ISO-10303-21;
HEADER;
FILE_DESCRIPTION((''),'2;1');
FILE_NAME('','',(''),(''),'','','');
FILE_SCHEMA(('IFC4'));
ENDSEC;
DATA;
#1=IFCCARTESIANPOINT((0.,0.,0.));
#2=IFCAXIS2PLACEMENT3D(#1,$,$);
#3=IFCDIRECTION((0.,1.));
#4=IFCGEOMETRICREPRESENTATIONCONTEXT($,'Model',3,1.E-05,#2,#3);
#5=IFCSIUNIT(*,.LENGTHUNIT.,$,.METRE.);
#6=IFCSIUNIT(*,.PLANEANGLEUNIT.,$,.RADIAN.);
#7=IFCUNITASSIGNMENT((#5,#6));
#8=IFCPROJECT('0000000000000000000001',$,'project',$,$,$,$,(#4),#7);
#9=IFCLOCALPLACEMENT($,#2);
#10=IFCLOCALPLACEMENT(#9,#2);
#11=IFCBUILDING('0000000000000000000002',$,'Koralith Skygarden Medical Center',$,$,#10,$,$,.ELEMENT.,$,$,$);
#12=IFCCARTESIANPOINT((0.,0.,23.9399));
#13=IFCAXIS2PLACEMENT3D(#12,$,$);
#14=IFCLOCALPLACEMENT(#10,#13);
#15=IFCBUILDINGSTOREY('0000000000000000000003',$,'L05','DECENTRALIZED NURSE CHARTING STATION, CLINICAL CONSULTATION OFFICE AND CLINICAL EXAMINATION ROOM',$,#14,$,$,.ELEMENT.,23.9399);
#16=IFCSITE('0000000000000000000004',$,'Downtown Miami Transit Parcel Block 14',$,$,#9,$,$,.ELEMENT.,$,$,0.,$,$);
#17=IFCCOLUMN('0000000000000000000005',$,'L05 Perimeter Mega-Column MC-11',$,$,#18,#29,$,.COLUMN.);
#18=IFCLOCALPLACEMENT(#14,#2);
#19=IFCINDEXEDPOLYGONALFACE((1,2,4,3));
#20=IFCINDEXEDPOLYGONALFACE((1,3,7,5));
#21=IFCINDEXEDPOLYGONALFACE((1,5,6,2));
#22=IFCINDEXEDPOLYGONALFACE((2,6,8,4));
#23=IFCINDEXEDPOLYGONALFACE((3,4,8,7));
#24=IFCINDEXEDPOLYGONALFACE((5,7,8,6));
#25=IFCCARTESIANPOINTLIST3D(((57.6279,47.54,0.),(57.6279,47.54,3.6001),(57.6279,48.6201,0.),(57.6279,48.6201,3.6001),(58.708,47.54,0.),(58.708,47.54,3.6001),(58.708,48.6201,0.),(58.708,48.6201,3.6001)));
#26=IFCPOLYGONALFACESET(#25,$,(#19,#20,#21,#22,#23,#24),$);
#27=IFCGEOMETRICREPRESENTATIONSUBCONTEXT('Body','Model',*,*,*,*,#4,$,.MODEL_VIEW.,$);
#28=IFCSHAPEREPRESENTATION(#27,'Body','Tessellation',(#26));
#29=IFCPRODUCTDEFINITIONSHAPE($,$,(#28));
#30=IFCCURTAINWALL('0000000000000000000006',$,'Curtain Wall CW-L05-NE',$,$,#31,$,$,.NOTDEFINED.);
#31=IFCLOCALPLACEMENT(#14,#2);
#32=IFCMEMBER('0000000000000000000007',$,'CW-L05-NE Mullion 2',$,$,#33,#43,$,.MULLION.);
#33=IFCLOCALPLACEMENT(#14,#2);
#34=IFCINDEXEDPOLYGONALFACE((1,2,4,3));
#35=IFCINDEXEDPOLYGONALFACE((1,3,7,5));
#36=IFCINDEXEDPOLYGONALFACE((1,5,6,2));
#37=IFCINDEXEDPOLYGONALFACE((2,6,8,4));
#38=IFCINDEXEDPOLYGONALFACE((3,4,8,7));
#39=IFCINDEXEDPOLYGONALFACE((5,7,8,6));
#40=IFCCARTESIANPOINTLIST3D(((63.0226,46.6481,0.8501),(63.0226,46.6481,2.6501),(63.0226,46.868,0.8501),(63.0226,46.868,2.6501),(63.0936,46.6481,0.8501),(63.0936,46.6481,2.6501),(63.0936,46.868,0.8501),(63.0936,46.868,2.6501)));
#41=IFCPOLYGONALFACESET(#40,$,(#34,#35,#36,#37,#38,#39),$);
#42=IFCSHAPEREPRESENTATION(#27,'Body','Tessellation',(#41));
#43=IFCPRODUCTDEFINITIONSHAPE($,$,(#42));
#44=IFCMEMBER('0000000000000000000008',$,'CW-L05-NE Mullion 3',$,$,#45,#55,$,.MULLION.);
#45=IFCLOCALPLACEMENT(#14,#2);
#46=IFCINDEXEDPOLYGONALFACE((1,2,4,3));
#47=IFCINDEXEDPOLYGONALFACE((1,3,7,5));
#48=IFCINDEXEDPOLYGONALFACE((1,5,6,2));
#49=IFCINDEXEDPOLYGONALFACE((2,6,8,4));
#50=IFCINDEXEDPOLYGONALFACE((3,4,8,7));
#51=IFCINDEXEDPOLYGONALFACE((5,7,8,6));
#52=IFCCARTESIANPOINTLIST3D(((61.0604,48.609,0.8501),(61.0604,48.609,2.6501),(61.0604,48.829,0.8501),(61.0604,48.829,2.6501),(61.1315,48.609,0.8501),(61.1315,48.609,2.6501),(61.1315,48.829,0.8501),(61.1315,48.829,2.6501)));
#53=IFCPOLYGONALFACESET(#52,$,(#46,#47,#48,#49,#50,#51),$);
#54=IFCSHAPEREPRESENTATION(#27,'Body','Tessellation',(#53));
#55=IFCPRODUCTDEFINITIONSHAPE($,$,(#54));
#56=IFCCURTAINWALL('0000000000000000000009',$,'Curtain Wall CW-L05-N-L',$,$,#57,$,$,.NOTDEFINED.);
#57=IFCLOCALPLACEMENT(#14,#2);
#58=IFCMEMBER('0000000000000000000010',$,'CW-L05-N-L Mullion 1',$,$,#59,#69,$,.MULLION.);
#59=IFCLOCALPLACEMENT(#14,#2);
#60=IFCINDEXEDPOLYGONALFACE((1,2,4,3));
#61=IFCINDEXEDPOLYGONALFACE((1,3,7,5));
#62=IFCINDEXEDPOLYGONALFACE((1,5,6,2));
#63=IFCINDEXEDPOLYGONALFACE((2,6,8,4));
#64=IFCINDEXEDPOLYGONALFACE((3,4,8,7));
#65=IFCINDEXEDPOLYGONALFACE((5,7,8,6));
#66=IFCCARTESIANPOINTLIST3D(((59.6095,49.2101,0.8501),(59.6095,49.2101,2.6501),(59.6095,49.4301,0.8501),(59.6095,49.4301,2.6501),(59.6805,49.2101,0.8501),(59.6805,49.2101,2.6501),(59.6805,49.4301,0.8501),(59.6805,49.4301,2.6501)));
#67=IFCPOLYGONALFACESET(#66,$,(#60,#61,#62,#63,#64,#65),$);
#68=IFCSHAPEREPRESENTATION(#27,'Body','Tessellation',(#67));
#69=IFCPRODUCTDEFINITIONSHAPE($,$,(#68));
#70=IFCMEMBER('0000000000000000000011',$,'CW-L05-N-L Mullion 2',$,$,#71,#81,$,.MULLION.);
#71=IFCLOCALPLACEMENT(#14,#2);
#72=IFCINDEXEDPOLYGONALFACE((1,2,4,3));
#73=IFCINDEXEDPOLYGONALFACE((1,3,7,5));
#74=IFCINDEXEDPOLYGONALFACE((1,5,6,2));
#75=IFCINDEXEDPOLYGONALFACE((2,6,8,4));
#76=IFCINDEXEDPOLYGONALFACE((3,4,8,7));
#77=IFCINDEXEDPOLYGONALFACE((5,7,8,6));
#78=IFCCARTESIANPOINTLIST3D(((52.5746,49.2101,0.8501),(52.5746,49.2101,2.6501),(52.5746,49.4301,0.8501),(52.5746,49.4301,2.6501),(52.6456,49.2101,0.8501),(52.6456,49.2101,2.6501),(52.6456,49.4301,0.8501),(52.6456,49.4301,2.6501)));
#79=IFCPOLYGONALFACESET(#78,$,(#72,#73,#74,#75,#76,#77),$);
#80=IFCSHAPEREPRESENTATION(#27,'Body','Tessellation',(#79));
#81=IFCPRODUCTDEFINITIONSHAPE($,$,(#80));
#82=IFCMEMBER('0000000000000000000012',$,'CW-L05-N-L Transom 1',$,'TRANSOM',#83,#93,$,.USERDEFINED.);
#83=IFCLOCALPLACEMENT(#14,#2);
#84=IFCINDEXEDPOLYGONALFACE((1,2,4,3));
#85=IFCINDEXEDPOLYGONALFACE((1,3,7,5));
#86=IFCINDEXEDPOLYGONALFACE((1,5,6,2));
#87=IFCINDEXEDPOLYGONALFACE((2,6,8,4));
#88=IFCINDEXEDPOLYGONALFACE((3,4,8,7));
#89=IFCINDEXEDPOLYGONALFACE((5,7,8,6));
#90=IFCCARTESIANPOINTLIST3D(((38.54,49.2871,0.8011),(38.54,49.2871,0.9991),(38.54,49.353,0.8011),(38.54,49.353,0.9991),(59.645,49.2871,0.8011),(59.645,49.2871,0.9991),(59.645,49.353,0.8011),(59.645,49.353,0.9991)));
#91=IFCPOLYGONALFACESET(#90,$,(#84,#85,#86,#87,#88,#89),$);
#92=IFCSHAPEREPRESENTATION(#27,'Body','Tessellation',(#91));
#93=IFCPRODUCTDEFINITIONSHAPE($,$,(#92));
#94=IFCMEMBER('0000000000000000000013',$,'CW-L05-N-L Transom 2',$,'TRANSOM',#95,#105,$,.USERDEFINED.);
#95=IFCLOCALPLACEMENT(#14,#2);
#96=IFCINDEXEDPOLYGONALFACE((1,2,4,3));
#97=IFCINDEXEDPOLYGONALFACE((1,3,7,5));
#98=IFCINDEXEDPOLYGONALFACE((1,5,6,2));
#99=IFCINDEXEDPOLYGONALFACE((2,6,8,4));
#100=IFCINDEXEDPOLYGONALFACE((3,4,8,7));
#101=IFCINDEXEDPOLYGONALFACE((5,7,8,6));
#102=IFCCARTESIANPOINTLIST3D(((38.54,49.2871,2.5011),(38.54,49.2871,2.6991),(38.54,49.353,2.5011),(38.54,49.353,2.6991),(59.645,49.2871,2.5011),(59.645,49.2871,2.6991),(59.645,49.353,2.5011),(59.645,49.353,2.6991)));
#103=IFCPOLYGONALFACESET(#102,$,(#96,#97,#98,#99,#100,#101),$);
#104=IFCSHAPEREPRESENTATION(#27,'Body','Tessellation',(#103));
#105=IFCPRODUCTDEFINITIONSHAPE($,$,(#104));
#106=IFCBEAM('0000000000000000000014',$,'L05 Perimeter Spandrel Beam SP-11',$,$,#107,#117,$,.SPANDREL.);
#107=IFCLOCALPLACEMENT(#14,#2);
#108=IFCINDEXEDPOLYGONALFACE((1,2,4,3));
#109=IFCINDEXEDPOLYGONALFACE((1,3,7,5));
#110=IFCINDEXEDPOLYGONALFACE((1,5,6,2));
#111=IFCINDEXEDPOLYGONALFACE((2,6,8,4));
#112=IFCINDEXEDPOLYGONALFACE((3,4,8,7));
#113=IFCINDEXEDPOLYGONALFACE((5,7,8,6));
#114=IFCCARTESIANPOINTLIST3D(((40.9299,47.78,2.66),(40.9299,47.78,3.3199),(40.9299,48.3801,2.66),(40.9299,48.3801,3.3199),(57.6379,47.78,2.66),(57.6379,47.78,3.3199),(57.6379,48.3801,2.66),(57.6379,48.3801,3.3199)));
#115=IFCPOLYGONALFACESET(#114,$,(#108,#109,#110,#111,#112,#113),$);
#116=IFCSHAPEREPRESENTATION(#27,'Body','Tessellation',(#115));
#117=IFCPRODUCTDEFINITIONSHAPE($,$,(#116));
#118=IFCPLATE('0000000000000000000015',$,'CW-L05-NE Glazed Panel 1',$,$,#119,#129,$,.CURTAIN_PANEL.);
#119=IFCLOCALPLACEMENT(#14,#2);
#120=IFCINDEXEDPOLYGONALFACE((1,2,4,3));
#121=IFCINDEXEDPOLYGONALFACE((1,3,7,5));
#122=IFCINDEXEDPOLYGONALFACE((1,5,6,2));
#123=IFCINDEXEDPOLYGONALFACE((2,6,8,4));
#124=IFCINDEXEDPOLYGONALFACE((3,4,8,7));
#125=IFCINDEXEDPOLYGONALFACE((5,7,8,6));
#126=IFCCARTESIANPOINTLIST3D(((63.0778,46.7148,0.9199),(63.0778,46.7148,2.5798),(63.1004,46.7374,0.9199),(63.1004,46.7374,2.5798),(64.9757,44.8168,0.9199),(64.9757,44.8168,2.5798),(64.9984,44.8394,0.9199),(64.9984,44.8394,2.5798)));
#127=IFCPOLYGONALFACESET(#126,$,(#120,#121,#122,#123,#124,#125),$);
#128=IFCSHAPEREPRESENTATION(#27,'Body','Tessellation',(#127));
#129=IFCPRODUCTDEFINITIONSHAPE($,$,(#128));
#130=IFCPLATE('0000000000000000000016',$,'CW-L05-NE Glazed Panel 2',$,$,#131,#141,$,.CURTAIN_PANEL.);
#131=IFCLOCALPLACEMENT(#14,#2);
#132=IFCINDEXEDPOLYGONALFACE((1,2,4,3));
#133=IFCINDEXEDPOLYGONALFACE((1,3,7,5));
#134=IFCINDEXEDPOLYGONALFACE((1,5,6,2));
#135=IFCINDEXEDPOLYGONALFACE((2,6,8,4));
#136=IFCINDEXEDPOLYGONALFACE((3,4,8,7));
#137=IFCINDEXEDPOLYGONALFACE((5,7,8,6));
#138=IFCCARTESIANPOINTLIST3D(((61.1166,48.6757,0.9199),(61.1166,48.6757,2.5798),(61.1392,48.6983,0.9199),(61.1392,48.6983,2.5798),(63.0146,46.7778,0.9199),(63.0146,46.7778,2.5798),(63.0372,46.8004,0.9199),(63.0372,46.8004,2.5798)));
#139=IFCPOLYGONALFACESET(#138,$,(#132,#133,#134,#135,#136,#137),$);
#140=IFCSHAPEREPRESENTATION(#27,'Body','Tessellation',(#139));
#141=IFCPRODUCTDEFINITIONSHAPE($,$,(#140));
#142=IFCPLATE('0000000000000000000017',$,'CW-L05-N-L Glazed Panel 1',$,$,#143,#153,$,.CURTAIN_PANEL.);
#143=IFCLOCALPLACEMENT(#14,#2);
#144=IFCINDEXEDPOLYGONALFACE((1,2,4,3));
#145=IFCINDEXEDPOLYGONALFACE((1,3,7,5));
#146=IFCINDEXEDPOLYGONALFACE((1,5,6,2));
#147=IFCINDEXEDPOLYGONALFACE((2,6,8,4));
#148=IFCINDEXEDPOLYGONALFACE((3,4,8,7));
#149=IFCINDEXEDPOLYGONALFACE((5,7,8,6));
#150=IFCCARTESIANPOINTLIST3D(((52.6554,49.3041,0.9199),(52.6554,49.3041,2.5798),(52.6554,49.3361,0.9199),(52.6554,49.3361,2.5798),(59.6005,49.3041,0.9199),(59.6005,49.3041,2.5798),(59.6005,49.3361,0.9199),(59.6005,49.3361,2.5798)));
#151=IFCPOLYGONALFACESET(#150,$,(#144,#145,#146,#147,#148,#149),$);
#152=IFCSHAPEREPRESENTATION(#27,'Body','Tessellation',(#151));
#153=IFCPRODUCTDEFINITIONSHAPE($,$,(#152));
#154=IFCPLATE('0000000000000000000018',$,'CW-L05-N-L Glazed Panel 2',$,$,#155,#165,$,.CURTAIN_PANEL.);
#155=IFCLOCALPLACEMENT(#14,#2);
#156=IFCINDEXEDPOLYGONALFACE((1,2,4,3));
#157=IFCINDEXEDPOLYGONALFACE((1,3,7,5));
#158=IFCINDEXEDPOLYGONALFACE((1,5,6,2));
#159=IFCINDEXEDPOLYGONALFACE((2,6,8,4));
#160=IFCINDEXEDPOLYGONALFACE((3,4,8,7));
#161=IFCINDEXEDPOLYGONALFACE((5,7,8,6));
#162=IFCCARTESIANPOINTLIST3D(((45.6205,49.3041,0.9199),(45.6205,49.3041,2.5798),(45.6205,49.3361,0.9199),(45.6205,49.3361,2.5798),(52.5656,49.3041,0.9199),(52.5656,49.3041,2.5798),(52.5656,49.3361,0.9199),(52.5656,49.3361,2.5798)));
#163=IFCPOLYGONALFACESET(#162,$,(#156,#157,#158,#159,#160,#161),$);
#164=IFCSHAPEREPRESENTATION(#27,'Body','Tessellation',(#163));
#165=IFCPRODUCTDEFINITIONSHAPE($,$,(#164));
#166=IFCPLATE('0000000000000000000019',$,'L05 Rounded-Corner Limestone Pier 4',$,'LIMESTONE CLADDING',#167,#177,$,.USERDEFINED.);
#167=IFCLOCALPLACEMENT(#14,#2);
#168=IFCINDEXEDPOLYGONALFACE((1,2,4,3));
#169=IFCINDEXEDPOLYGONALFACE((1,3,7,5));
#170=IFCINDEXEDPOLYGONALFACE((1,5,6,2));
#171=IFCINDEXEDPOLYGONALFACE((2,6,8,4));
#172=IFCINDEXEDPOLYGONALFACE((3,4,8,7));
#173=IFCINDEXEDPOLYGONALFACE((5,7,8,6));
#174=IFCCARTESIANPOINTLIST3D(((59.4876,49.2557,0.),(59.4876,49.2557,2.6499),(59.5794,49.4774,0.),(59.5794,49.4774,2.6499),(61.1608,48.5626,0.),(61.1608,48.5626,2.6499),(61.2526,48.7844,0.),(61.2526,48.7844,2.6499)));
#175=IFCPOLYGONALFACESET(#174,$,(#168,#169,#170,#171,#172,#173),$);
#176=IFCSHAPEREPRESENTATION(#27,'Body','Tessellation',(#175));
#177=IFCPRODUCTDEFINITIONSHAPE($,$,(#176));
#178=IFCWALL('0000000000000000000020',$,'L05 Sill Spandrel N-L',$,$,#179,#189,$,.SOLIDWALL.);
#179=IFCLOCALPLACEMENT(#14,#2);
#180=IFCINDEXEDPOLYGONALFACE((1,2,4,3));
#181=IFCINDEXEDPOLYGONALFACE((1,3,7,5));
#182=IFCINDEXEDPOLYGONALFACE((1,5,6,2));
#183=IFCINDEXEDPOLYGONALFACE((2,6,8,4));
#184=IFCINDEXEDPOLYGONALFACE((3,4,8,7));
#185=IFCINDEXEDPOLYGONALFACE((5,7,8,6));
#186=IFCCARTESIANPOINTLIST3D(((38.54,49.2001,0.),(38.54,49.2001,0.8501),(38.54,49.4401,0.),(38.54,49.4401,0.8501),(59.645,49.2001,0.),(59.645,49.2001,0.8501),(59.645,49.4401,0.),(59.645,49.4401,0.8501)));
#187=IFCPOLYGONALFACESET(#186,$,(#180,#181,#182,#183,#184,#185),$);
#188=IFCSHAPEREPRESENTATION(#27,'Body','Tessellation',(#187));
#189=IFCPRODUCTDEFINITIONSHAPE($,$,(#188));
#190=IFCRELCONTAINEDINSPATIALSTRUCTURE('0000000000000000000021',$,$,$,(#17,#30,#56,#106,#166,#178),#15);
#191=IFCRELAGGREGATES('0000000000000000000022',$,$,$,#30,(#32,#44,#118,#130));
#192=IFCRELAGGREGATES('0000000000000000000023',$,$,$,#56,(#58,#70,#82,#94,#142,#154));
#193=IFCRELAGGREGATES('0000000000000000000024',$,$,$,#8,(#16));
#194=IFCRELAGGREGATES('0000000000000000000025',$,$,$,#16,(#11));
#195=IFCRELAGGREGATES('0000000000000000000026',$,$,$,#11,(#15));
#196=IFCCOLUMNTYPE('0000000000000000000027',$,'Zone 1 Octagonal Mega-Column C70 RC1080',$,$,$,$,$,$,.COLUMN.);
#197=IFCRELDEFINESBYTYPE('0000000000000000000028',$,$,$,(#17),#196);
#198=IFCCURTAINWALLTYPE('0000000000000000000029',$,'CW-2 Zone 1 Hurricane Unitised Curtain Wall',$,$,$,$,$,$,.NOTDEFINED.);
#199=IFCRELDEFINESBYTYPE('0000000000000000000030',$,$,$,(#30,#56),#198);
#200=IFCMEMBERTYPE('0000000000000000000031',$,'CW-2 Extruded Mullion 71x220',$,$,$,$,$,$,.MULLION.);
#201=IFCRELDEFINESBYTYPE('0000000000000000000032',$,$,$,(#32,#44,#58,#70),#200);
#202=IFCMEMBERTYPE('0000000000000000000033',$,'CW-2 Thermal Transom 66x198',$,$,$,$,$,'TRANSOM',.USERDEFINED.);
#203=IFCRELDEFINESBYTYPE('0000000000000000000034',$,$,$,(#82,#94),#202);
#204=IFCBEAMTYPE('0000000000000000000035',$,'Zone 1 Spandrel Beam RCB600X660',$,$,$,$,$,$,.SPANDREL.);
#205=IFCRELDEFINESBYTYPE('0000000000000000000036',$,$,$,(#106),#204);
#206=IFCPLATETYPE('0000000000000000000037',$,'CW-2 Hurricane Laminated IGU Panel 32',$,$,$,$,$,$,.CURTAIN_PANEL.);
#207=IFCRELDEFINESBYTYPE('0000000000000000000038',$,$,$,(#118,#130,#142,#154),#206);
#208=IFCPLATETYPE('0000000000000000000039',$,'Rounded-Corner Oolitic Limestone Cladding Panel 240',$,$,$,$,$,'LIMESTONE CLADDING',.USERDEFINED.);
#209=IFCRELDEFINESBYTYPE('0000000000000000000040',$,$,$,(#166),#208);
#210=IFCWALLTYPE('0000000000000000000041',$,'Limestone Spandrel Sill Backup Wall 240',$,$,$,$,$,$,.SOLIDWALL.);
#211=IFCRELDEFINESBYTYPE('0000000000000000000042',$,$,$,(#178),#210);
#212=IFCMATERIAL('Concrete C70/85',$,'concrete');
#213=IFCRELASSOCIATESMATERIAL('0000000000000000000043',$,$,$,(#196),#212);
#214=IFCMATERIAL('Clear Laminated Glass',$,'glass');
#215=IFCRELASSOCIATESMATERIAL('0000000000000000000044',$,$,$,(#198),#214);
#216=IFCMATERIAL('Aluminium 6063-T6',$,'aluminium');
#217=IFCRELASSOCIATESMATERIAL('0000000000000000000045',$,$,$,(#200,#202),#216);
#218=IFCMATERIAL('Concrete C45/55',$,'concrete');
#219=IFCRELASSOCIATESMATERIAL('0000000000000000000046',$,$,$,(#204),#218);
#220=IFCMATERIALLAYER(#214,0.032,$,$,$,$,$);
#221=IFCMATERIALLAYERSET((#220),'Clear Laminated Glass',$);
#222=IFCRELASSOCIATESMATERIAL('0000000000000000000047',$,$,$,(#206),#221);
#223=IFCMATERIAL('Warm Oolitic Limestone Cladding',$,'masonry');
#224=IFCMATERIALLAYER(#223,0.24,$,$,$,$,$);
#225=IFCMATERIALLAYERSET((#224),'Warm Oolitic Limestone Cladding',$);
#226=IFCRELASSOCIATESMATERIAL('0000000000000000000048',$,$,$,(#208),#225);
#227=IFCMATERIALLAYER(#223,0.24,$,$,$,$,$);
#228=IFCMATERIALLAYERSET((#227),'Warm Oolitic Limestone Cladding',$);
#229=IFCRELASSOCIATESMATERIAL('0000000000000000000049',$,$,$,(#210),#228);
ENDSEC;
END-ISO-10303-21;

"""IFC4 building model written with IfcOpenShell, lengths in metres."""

from ifc_helpers import new_model, si_unit, direction, frame, frame_2d, origin, origin_2d, place, context, subcontext, project, spatial, rectangle, extrude, material, layer, layer_set, material_profile, profile_set, type_object, element, aggregate, save


model = new_model("IFC4")

# Units and contexts
model_context = context("Model", 3, precision=1e-05, world=origin(), true_north=direction((0.0, 1.0)))
body_context = subcontext(model_context, "Body", "Model", "MODEL_VIEW")
ifc_project = project(units=[si_unit("LENGTHUNIT", "METRE"), si_unit("PLANEANGLEUNIT", "RADIAN")], contexts=[model_context])

# Site, building, storey
site_placement = place(None, origin())
site = spatial("IfcSite", under=ifc_project, at=site_placement, Name="Downtown Miami Transit Parcel Block 14", CompositionType="ELEMENT", RefElevation=0.0)
building_placement = place(site_placement, origin())
building = spatial("IfcBuilding", under=site, at=building_placement, Name="Koralith Skygarden Medical Center", CompositionType="ELEMENT")
storey_placement = place(building_placement, frame((0.0, 0.0, 23.9399)))
storey = spatial("IfcBuildingStorey", under=building, at=storey_placement, Name="L05", Description="DECENTRALIZED NURSE CHARTING STATION, CLINICAL CONSULTATION OFFICE AND CLINICAL EXAMINATION ROOM", CompositionType="ELEMENT", Elevation=23.9399)

# Column
ifc_material_1 = material(Name="Concrete C70/85", Category="concrete")
ifc_material_profile_1 = material_profile(ifc_material_1, rectangle(XDim=1.0801, YDim=1.0801, at=origin_2d()), Name="RC1080X1080")
ifc_profile_set_1 = profile_set([ifc_material_profile_1], Name="Concrete C70/85")
column_type = type_object("IfcColumnType", Name="Zone 1 Octagonal Mega-Column C70 RC1080", PredefinedType="COLUMN", material=ifc_profile_set_1)
column_placement = place(storey_placement, frame((58.168, 48.0801, 0.0), z_axis=(0.0, 0.0, 1.0), x_axis=(1.0, 0.0, 0.0)))
element("IfcColumn", 1, at=column_placement, inside=storey, type_object=column_type, Name="L05 Perimeter Mega-Column MC-11", PredefinedType="COLUMN", context=body_context, shape_type="SweptSolid", body=[
    extrude(rectangle(XDim=1.0801, YDim=1.0801, at=origin_2d()), origin(), (0.0, 0.0, 1.0), 3.6001),
])

# Curtain walls, members
ifc_material_2 = material(Name="Clear Laminated Glass", Category="glass")
curtain_wall_type = type_object("IfcCurtainWallType", Name="CW-2 Zone 1 Hurricane Unitised Curtain Wall", PredefinedType="NOTDEFINED", material=ifc_material_2)
curtain_wall_1_placement = place(storey_placement, origin())
curtain_wall_1 = element("IfcCurtainWall", 2, at=curtain_wall_1_placement, inside=storey, type_object=curtain_wall_type, Name="Curtain Wall CW-L05-NE", PredefinedType="NOTDEFINED")
ifc_material_3 = material(Name="Aluminium 6063-T6", Category="aluminium")
ifc_material_profile_2 = material_profile(ifc_material_3, rectangle(XDim=0.071, YDim=0.22, at=origin_2d()), Name="MUL71X220")
ifc_profile_set_2 = profile_set([ifc_material_profile_2], Name="Aluminium 6063-T6")
member_type_1 = type_object("IfcMemberType", Name="CW-2 Extruded Mullion 71x220", PredefinedType="MULLION", material=ifc_profile_set_2)
member_1_placement = place(storey_placement, frame((63.0581, 46.7581, 0.8501), z_axis=(0.0, 0.0, 1.0), x_axis=(1.0, 0.0, 0.0)))
member_1 = element("IfcMember", 3, at=member_1_placement, type_object=member_type_1, Name="CW-L05-NE Mullion 2", PredefinedType="MULLION", context=body_context, shape_type="SweptSolid", body=[
    extrude(rectangle(XDim=0.071, YDim=0.22, at=origin_2d()), origin(), (0.0, 0.0, 1.0), 1.8),
])
member_2_placement = place(storey_placement, frame((61.0959, 48.719, 0.8501), z_axis=(0.0, 0.0, 1.0), x_axis=(1.0, 0.0, 0.0)))
member_2 = element("IfcMember", 4, at=member_2_placement, type_object=member_type_1, Name="CW-L05-NE Mullion 3", PredefinedType="MULLION", context=body_context, shape_type="SweptSolid", body=[
    extrude(rectangle(XDim=0.071, YDim=0.22, at=origin_2d()), origin(), (0.0, 0.0, 1.0), 1.8),
])
curtain_wall_2_placement = place(storey_placement, origin())
curtain_wall_2 = element("IfcCurtainWall", 5, at=curtain_wall_2_placement, inside=storey, type_object=curtain_wall_type, Name="Curtain Wall CW-L05-N-L", PredefinedType="NOTDEFINED")
member_3_placement = place(storey_placement, frame((59.645, 49.3201, 0.8501), z_axis=(0.0, 0.0, 1.0), x_axis=(1.0, 0.0, 0.0)))
member_3 = element("IfcMember", 6, at=member_3_placement, type_object=member_type_1, Name="CW-L05-N-L Mullion 1", PredefinedType="MULLION", context=body_context, shape_type="SweptSolid", body=[
    extrude(rectangle(XDim=0.071, YDim=0.22, at=origin_2d()), origin(), (0.0, 0.0, 1.0), 1.8),
])
member_4_placement = place(storey_placement, frame((52.6101, 49.3201, 0.8501), z_axis=(0.0, 0.0, 1.0), x_axis=(1.0, 0.0, 0.0)))
member_4 = element("IfcMember", 7, at=member_4_placement, type_object=member_type_1, Name="CW-L05-N-L Mullion 2", PredefinedType="MULLION", context=body_context, shape_type="SweptSolid", body=[
    extrude(rectangle(XDim=0.071, YDim=0.22, at=origin_2d()), origin(), (0.0, 0.0, 1.0), 1.8),
])
ifc_material_profile_3 = material_profile(ifc_material_3, rectangle(XDim=0.0659, YDim=0.198, at=origin_2d()), Name="TRN66X198")
ifc_profile_set_3 = profile_set([ifc_material_profile_3], Name="Aluminium 6063-T6")
member_type_2 = type_object("IfcMemberType", Name="CW-2 Thermal Transom 66x198", ElementType="TRANSOM", PredefinedType="USERDEFINED", material=ifc_profile_set_3)
member_5_placement = place(storey_placement, frame((59.645, 49.3201, 0.9001), z_axis=(-1.0, 0.0, 0.0), x_axis=(0.0, -1.0, 0.0)))
member_5 = element("IfcMember", 8, at=member_5_placement, type_object=member_type_2, Name="CW-L05-N-L Transom 1", ObjectType="TRANSOM", PredefinedType="USERDEFINED", context=body_context, shape_type="SweptSolid", body=[
    extrude(rectangle(XDim=0.0659, YDim=0.198, at=origin_2d()), origin(), (0.0, 0.0, 1.0), 21.105),
])
member_6_placement = place(storey_placement, frame((59.645, 49.3201, 2.6001), z_axis=(-1.0, 0.0, 0.0), x_axis=(0.0, -1.0, 0.0)))
member_6 = element("IfcMember", 9, at=member_6_placement, type_object=member_type_2, Name="CW-L05-N-L Transom 2", ObjectType="TRANSOM", PredefinedType="USERDEFINED", context=body_context, shape_type="SweptSolid", body=[
    extrude(rectangle(XDim=0.0659, YDim=0.198, at=origin_2d()), origin(), (0.0, 0.0, 1.0), 21.105),
])

# Beam
ifc_material_4 = material(Name="Concrete C45/55", Category="concrete")
ifc_material_profile_4 = material_profile(ifc_material_4, rectangle(XDim=0.6001, YDim=0.6599, at=origin_2d()), Name="RCB600X660")
ifc_profile_set_4 = profile_set([ifc_material_profile_4], Name="Concrete C45/55")
beam_type = type_object("IfcBeamType", Name="Zone 1 Spandrel Beam RCB600X660", PredefinedType="SPANDREL", material=ifc_profile_set_4)
beam_placement = place(storey_placement, frame((57.6379, 48.0801, 2.99), z_axis=(-1.0, 0.0, 0.0), x_axis=(0.0, -1.0, 0.0)))
element("IfcBeam", 10, at=beam_placement, inside=storey, type_object=beam_type, Name="L05 Perimeter Spandrel Beam SP-11", PredefinedType="SPANDREL", context=body_context, shape_type="SweptSolid", body=[
    extrude(rectangle(XDim=0.6001, YDim=0.6599, at=origin_2d()), origin(), (0.0, 0.0, 1.0), 16.708),
])

# Plates
ifc_layer_1 = layer(ifc_material_2, 0.032)
ifc_layer_set_1 = layer_set([ifc_layer_1], Name="Clear Laminated Glass")
plate_type_1 = type_object("IfcPlateType", Name="CW-2 Hurricane Laminated IGU Panel 32", PredefinedType="CURTAIN_PANEL", material=ifc_layer_set_1)
plate_1_placement = place(storey_placement, frame((64.0381, 45.7771, 0.9199), z_axis=(0.0, 0.0, 1.0), x_axis=(-0.707107, 0.707107, 0.0)))
plate_1 = element("IfcPlate", 11, at=plate_1_placement, type_object=plate_type_1, Name="CW-L05-NE Glazed Panel 1", PredefinedType="CURTAIN_PANEL", context=body_context, shape_type="SweptSolid", body=[
    extrude(rectangle(XDim=2.6841, YDim=0.032, at=origin_2d()), origin(), (0.0, 0.0, 1.0), 1.6599),
])
plate_2_placement = place(storey_placement, frame((62.0769, 47.738, 0.9199), z_axis=(0.0, 0.0, 1.0), x_axis=(-0.707107, 0.707107, 0.0)))
plate_2 = element("IfcPlate", 12, at=plate_2_placement, type_object=plate_type_1, Name="CW-L05-NE Glazed Panel 2", PredefinedType="CURTAIN_PANEL", context=body_context, shape_type="SweptSolid", body=[
    extrude(rectangle(XDim=2.6841, YDim=0.032, at=origin_2d()), origin(), (0.0, 0.0, 1.0), 1.6599),
])
aggregate(curtain_wall_1, [member_1, member_2, plate_1, plate_2])
plate_3_placement = place(storey_placement, frame((56.1279, 49.3201, 0.9199), z_axis=(0.0, 0.0, 1.0), x_axis=(-1.0, 0.0, 0.0)))
plate_3 = element("IfcPlate", 13, at=plate_3_placement, type_object=plate_type_1, Name="CW-L05-N-L Glazed Panel 1", PredefinedType="CURTAIN_PANEL", context=body_context, shape_type="SweptSolid", body=[
    extrude(rectangle(XDim=6.9451, YDim=0.032, at=origin_2d()), origin(), (0.0, 0.0, 1.0), 1.6599),
])
plate_4_placement = place(storey_placement, frame((49.093, 49.3201, 0.9199), z_axis=(0.0, 0.0, 1.0), x_axis=(-1.0, 0.0, 0.0)))
plate_4 = element("IfcPlate", 14, at=plate_4_placement, type_object=plate_type_1, Name="CW-L05-N-L Glazed Panel 2", PredefinedType="CURTAIN_PANEL", context=body_context, shape_type="SweptSolid", body=[
    extrude(rectangle(XDim=6.9451, YDim=0.032, at=origin_2d()), origin(), (0.0, 0.0, 1.0), 1.6599),
])
aggregate(curtain_wall_2, [member_3, member_4, member_5, member_6, plate_3, plate_4])
ifc_material_5 = material(Name="Warm Oolitic Limestone Cladding", Category="masonry")
ifc_layer_2 = layer(ifc_material_5, 0.24)
ifc_layer_set_2 = layer_set([ifc_layer_2], Name="Warm Oolitic Limestone Cladding")
plate_type_2 = type_object("IfcPlateType", Name="Rounded-Corner Oolitic Limestone Cladding Panel 240", ElementType="LIMESTONE CLADDING", PredefinedType="USERDEFINED", material=ifc_layer_set_2)
plate_5_placement = place(storey_placement, frame((60.3701, 49.02, 0.0), z_axis=(0.0, 0.0, 1.0), x_axis=(-0.923885, 0.382671, 0.0)))
element("IfcPlate", 15, at=plate_5_placement, inside=storey, type_object=plate_type_2, Name="L05 Rounded-Corner Limestone Pier 4", ObjectType="LIMESTONE CLADDING", PredefinedType="USERDEFINED", context=body_context, shape_type="SweptSolid", body=[
    extrude(rectangle(XDim=1.811, YDim=0.24, at=origin_2d()), origin(), (0.0, 0.0, 1.0), 2.6499),
])

# Wall
ifc_layer_3 = layer(ifc_material_5, 0.24)
ifc_layer_set_3 = layer_set([ifc_layer_3], Name="Warm Oolitic Limestone Cladding")
wall_type = type_object("IfcWallType", Name="Limestone Spandrel Sill Backup Wall 240", PredefinedType="SOLIDWALL", material=ifc_layer_set_3)
wall_placement = place(storey_placement, frame((59.645, 49.3201, 0.0), z_axis=(0.0, 0.0, 1.0), x_axis=(-1.0, 0.0, 0.0)))
element("IfcWall", 16, at=wall_placement, inside=storey, type_object=wall_type, Name="L05 Sill Spandrel N-L", PredefinedType="SOLIDWALL", context=body_context, shape_type="SweptSolid", body=[
    extrude(rectangle(XDim=21.105, YDim=0.24, at=frame_2d((10.5525, 0.0))), origin(), (0.0, 0.0, 1.0), 0.8501),
])

save(model, "model.ifc")
